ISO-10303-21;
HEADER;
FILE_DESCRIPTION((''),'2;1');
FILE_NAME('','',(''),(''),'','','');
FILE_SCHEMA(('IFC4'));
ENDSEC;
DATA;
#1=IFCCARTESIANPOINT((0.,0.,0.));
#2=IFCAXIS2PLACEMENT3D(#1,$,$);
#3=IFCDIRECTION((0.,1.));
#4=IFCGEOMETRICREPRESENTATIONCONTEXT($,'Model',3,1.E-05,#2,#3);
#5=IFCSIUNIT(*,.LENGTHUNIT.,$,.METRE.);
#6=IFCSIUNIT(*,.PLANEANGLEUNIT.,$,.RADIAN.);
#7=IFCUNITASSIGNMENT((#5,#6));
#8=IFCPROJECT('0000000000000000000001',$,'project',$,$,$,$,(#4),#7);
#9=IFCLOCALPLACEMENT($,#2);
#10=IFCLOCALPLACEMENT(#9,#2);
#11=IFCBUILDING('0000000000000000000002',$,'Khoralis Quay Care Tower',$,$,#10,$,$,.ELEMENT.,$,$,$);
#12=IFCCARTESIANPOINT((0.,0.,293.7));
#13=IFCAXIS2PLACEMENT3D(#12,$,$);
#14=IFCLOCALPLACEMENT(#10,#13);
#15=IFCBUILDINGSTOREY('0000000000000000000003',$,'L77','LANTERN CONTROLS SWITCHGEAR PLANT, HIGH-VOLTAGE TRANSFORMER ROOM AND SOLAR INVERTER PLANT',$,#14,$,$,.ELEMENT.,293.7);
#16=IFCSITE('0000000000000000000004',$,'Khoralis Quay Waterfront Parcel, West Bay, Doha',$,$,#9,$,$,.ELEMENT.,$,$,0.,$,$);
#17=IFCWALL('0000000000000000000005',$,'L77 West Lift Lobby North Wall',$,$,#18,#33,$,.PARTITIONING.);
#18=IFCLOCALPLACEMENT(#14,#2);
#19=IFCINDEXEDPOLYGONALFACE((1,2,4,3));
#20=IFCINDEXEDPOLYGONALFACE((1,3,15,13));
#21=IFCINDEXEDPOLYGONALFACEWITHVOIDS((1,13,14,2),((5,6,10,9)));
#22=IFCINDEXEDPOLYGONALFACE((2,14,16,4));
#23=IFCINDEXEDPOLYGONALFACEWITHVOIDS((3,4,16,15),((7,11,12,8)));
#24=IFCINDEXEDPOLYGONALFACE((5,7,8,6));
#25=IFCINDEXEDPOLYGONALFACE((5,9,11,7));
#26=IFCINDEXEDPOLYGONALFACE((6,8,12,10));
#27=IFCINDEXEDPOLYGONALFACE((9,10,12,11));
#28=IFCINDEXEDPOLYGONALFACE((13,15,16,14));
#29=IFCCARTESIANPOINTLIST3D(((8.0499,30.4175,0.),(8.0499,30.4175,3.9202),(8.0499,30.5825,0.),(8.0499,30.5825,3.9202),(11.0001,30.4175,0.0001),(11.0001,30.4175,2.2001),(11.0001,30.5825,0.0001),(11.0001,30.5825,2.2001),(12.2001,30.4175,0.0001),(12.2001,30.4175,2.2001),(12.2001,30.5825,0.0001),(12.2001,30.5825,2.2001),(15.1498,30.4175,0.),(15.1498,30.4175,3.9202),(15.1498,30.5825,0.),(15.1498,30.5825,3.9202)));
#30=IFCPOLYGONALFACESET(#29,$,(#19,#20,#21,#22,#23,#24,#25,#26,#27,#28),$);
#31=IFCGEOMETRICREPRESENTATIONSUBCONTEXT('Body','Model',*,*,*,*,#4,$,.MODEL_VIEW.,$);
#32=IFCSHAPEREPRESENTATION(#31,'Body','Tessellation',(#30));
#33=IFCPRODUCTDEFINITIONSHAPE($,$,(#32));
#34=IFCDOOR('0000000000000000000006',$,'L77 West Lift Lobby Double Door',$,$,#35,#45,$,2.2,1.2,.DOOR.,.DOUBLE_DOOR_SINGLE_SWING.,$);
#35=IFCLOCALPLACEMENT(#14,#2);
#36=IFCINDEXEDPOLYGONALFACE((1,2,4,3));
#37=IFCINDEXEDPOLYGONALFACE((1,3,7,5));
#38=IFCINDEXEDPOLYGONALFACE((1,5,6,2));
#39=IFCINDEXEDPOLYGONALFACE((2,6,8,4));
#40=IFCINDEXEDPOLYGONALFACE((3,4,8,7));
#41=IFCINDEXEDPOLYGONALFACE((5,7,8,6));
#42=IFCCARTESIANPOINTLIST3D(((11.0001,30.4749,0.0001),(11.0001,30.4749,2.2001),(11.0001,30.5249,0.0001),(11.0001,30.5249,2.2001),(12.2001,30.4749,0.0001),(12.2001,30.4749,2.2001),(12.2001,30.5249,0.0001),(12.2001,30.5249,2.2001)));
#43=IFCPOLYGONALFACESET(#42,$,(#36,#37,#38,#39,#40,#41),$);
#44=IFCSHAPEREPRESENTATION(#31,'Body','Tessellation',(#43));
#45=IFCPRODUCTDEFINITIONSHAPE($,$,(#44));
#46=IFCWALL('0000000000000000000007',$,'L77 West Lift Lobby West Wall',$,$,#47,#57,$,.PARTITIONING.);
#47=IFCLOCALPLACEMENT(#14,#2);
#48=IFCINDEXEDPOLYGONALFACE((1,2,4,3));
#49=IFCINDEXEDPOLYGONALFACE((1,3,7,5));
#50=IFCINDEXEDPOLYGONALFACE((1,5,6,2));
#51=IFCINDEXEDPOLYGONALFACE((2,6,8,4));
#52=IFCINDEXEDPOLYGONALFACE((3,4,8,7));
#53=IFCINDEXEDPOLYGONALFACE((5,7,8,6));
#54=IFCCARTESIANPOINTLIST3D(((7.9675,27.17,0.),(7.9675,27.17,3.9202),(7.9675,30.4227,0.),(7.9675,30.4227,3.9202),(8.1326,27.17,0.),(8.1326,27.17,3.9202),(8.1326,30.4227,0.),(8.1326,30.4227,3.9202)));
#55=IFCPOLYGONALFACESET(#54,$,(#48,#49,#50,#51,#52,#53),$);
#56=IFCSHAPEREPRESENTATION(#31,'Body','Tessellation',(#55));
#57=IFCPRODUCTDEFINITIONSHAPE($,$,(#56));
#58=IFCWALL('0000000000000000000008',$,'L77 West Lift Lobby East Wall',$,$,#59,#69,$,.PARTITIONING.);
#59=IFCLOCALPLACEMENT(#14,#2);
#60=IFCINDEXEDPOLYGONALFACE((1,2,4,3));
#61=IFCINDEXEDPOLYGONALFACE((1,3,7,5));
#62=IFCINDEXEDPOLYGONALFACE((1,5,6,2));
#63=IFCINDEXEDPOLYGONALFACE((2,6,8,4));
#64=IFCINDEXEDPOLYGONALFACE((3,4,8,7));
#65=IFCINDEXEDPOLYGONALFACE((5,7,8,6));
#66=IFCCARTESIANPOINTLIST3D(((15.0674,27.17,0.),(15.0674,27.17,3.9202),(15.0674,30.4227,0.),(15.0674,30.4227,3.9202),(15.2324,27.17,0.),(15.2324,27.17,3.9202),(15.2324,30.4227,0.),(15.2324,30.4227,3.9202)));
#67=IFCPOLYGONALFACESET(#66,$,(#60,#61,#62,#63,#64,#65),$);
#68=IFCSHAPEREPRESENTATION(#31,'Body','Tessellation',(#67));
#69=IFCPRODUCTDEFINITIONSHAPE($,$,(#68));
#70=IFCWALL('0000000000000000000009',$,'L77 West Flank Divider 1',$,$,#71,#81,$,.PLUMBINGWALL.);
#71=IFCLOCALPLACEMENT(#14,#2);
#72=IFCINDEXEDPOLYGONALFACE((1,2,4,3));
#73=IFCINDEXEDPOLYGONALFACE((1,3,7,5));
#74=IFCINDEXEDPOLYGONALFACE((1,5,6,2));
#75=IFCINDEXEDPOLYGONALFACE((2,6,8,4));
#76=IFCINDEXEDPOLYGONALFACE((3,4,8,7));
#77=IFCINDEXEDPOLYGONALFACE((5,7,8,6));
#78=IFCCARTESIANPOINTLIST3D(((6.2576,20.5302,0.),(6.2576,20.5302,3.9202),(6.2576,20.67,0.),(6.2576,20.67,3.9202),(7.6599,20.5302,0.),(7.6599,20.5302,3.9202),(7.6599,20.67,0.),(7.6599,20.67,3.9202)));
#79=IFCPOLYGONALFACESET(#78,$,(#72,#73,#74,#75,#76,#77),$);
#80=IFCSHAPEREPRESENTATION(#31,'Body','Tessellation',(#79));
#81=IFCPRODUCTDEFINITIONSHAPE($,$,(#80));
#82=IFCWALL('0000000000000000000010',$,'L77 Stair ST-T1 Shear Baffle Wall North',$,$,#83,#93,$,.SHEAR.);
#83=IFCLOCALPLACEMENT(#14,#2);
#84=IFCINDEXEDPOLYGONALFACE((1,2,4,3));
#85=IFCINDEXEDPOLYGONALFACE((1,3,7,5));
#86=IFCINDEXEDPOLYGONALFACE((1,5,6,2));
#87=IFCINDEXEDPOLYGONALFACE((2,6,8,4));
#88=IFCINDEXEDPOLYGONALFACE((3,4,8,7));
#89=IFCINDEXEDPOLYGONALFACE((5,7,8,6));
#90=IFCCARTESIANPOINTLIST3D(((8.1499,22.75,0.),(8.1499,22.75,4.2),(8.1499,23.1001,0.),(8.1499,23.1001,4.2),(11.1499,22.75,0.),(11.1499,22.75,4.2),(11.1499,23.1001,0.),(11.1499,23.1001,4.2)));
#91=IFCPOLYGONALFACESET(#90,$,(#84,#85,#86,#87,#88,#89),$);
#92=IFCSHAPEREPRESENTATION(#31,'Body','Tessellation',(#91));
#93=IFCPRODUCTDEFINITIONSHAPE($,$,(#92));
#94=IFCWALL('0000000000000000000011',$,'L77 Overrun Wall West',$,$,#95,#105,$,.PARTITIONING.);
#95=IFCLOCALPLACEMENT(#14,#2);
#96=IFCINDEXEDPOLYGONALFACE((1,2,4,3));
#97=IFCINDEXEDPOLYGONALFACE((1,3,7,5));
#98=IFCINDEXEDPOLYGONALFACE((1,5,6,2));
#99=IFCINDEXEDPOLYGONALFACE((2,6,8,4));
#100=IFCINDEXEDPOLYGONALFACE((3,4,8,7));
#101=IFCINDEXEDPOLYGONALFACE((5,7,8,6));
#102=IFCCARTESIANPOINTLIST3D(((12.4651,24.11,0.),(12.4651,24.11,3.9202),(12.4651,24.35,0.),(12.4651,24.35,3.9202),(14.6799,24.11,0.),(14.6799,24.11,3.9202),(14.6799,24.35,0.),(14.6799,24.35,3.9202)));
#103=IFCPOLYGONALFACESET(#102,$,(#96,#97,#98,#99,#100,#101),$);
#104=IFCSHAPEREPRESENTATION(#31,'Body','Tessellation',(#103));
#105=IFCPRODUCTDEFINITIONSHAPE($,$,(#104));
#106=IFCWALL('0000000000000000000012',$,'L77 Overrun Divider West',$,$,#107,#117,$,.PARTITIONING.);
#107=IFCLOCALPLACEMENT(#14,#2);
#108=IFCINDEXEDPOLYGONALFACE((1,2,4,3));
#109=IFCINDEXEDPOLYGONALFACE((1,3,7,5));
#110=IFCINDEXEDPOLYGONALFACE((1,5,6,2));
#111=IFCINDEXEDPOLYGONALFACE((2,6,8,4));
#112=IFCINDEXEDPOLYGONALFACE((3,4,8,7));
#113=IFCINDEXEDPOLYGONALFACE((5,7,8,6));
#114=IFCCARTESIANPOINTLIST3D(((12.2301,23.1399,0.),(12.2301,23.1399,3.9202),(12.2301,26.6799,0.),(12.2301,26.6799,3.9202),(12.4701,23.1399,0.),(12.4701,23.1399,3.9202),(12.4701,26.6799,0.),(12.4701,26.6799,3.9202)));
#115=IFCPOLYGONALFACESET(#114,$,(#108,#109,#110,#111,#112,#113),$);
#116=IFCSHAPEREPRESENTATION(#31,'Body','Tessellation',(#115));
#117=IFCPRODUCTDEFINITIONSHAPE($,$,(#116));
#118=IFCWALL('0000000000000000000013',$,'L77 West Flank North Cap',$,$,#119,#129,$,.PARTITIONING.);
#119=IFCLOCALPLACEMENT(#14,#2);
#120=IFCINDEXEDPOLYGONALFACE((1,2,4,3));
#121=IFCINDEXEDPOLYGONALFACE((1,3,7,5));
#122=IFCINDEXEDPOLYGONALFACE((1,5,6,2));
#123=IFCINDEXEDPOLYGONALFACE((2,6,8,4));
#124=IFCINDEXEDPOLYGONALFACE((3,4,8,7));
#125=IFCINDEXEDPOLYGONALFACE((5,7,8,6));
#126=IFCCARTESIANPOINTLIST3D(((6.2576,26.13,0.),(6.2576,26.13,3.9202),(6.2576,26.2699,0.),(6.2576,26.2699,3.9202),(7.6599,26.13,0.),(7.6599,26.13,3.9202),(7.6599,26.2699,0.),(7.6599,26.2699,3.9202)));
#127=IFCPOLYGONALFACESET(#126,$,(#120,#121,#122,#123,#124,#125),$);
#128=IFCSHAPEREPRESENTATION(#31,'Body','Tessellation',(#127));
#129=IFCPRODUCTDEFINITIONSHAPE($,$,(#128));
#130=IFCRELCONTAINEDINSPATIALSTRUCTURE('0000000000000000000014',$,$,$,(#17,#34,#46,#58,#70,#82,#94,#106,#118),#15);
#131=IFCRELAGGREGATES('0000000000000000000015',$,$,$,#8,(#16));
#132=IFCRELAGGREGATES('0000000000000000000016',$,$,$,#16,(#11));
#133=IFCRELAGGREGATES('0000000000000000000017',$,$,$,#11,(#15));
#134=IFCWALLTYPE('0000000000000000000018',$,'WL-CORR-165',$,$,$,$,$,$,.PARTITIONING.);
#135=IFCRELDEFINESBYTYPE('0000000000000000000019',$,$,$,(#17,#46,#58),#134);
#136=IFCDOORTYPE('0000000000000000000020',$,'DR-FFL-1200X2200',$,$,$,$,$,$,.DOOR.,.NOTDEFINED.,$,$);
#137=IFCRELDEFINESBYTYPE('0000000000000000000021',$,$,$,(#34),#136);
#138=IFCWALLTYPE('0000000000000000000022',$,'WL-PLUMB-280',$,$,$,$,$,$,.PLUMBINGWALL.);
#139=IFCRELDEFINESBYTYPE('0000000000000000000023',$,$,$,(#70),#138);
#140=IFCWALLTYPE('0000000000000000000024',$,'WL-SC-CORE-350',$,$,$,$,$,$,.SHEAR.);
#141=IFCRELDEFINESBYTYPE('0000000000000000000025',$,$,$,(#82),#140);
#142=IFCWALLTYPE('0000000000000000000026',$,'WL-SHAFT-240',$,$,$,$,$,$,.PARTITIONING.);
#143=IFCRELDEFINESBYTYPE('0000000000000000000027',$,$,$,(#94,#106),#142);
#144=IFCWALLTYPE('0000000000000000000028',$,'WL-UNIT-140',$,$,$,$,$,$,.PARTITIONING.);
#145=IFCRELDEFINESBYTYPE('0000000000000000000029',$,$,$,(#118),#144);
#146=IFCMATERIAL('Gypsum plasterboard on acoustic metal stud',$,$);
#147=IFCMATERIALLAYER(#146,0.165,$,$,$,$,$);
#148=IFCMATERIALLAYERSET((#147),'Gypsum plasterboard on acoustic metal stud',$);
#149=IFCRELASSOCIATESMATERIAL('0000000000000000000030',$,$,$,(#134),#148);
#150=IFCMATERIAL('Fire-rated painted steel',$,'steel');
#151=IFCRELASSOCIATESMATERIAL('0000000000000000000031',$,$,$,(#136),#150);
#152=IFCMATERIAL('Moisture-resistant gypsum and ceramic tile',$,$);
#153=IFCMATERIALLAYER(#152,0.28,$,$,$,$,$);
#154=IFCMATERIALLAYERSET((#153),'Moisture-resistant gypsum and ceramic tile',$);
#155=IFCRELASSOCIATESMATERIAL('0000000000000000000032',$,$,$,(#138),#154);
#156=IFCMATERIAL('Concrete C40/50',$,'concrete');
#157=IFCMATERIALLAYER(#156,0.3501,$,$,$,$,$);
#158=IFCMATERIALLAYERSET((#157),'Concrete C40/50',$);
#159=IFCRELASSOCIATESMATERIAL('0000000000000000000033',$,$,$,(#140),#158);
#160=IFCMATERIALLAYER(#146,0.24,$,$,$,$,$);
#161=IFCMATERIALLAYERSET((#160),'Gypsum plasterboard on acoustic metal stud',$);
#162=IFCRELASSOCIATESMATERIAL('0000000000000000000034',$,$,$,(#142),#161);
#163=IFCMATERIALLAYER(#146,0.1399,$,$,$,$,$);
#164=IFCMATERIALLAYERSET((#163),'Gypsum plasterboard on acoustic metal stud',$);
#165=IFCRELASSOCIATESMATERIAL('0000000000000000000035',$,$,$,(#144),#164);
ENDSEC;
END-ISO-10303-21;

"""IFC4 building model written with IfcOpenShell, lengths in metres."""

from ifc_helpers import new_model, si_unit, direction, frame, frame_2d, origin, place, context, subcontext, project, spatial, rectangle, extrude, source, transform, mapped, material, layer, layer_set, type_object, element, fill, save


model = new_model("IFC4")

# Units and contexts
model_context = context("Model", 3, precision=1e-05, world=origin(), true_north=direction((0.0, 1.0)))
body_context = subcontext(model_context, "Body", "Model", "MODEL_VIEW")
ifc_project = project(units=[si_unit("LENGTHUNIT", "METRE"), si_unit("PLANEANGLEUNIT", "RADIAN")], contexts=[model_context])

# Site, building, storey
site_placement = place(None, origin())
site = spatial("IfcSite", under=ifc_project, at=site_placement, Name="Khoralis Quay Waterfront Parcel, West Bay, Doha", CompositionType="ELEMENT", RefElevation=0.0)
building_placement = place(site_placement, origin())
building = spatial("IfcBuilding", under=site, at=building_placement, Name="Khoralis Quay Care Tower", CompositionType="ELEMENT")
storey_placement = place(building_placement, frame((0.0, 0.0, 293.7)))
storey = spatial("IfcBuildingStorey", under=building, at=storey_placement, Name="L77", Description="LANTERN CONTROLS SWITCHGEAR PLANT, HIGH-VOLTAGE TRANSFORMER ROOM AND SOLAR INVERTER PLANT", CompositionType="ELEMENT", Elevation=293.7)

# Shared definitions
ifc_material_1 = material(Name="Gypsum plasterboard on acoustic metal stud")
ifc_material_2 = material(Name="Fire-rated painted steel", Category="steel")

# Wall, opening, door
ifc_layer_1 = layer(ifc_material_1, 0.165)
ifc_layer_set_1 = layer_set([ifc_layer_1], Name="Gypsum plasterboard on acoustic metal stud")
wall_type_1 = type_object("IfcWallType", Name="WL-CORR-165", PredefinedType="PARTITIONING", material=ifc_layer_set_1)
wall_1_placement = place(storey_placement, frame((8.05, 30.5, 0.0), z_axis=(0.0, 0.0, 1.0), x_axis=(1.0, 0.0, 0.0)))
wall_1 = element("IfcWall", 1, at=wall_1_placement, inside=storey, type_object=wall_type_1, Name="L77 West Lift Lobby North Wall", PredefinedType="PARTITIONING", context=body_context, shape_type="SweptSolid", body=[
    extrude(rectangle(XDim=7.0999, YDim=0.165, at=frame_2d((3.5498, 0.0))), origin(), (0.0, 0.0, 1.0), 3.9202),
])
opening_1_placement = place(wall_1_placement, frame((2.95, 0.0, 0.0)))
opening_1 = element("IfcOpeningElement", 2, at=opening_1_placement, cuts=wall_1, PredefinedType="OPENING", context=body_context, shape_type="SweptSolid", body=[
    extrude(rectangle(XDim=1.2, YDim=2.2, at=frame_2d((0.6001, 1.1001))), frame((0.0, 0.0925, 0.0), z_axis=(0.0, -1.0, 0.0), x_axis=(1.0, 0.0, 0.0)), (0.0, 0.0, 1.0), 0.1851),
])
door_type_1 = type_object("IfcDoorType", Name="DR-FFL-1200X2200", OperationType="NOTDEFINED", PredefinedType="DOOR", material=ifc_material_2)
shared_shape_1 = source(origin(), body_context, "Body", "SweptSolid", [
    extrude(rectangle(XDim=1.2, YDim=2.2, at=frame_2d((0.6001, 1.1001))), frame((0.0, 0.0249, 0.0), z_axis=(0.0, -1.0, 0.0), x_axis=(1.0, 0.0, 0.0)), (0.0, 0.0, 1.0), 0.05),
])
door_1_placement = place(opening_1_placement, origin())
door_1 = element("IfcDoor", 3, at=door_1_placement, inside=storey, type_object=door_type_1, Name="L77 West Lift Lobby Double Door", OperationType="DOUBLE_DOOR_SINGLE_SWING", OverallHeight=2.2, OverallWidth=1.2, PredefinedType="DOOR", context=body_context, shape_type="MappedRepresentation", body=[
    mapped(shared_shape_1, transform((0.0, 0.0, 0.0), scale=1.0)),
])
fill(opening_1, door_1)

# Walls
for number, where, z_axis, x_axis, name in (
    (4, (8.05, 27.1699, 0.0), (0.0, 0.0, 1.0), (0.0, 1.0, 0.0), "L77 West Lift Lobby West Wall"),
    (5, (15.1499, 27.1699, 0.0), (0.0, 0.0, 1.0), (0.0, 1.0, 0.0), "L77 West Lift Lobby East Wall"),
):
    element("IfcWall", number, at=place(storey_placement, frame(where, z_axis=z_axis, x_axis=x_axis)), inside=storey, type_object=wall_type_1, Name=name, PredefinedType="PARTITIONING", context=body_context, shape_type="SweptSolid", body=[
        extrude(rectangle(XDim=3.2527, YDim=0.165, at=frame_2d((1.6265, 0.0))), origin(), (0.0, 0.0, 1.0), 3.9202),
    ])
ifc_material_3 = material(Name="Moisture-resistant gypsum and ceramic tile")
ifc_layer_2 = layer(ifc_material_3, 0.28)
ifc_layer_set_2 = layer_set([ifc_layer_2], Name="Moisture-resistant gypsum and ceramic tile")
wall_type_2 = type_object("IfcWallType", Name="WL-PLUMB-280", PredefinedType="PLUMBINGWALL", material=ifc_layer_set_2)
wall_2_placement = place(storey_placement, frame((6.2576, 20.6001, 0.0), z_axis=(0.0, 0.0, 1.0), x_axis=(1.0, 0.0, 0.0)))
element("IfcWall", 6, at=wall_2_placement, inside=storey, type_object=wall_type_2, Name="L77 West Flank Divider 1", PredefinedType="PLUMBINGWALL", context=body_context, shape_type="SweptSolid", body=[
    extrude(rectangle(XDim=1.4023, YDim=0.1399, at=frame_2d((0.7012, 0.0))), origin(), (0.0, 0.0, 1.0), 3.9202),
])
ifc_material_4 = material(Name="Concrete C40/50", Category="concrete")
ifc_layer_3 = layer(ifc_material_4, 0.3501)
ifc_layer_set_3 = layer_set([ifc_layer_3], Name="Concrete C40/50")
wall_type_3 = type_object("IfcWallType", Name="WL-SC-CORE-350", PredefinedType="SHEAR", material=ifc_layer_set_3)
wall_3_placement = place(storey_placement, frame((8.1499, 22.925, 0.0), z_axis=(0.0, 0.0, 1.0), x_axis=(1.0, 0.0, 0.0)))
element("IfcWall", 7, at=wall_3_placement, inside=storey, type_object=wall_type_3, Name="L77 Stair ST-T1 Shear Baffle Wall North", PredefinedType="SHEAR", context=body_context, shape_type="SweptSolid", body=[
    extrude(rectangle(XDim=3.0, YDim=0.3501, at=frame_2d((1.5, 0.0))), origin(), (0.0, 0.0, 1.0), 4.2),
])
ifc_layer_4 = layer(ifc_material_1, 0.24)
ifc_layer_set_4 = layer_set([ifc_layer_4], Name="Gypsum plasterboard on acoustic metal stud")
wall_type_4 = type_object("IfcWallType", Name="WL-SHAFT-240", PredefinedType="PARTITIONING", material=ifc_layer_set_4)
wall_4_placement = place(storey_placement, frame((12.4651, 24.23, 0.0), z_axis=(0.0, 0.0, 1.0), x_axis=(1.0, 0.0, 0.0)))
element("IfcWall", 8, at=wall_4_placement, inside=storey, type_object=wall_type_4, Name="L77 Overrun Wall West", PredefinedType="PARTITIONING", context=body_context, shape_type="SweptSolid", body=[
    extrude(rectangle(XDim=2.2148, YDim=0.24, at=frame_2d((1.1074, 0.0))), origin(), (0.0, 0.0, 1.0), 3.9202),
])
wall_5_placement = place(storey_placement, frame((12.3501, 23.1399, 0.0), z_axis=(0.0, 0.0, 1.0), x_axis=(0.0, 1.0, 0.0)))
element("IfcWall", 9, at=wall_5_placement, inside=storey, type_object=wall_type_4, Name="L77 Overrun Divider West", PredefinedType="PARTITIONING", context=body_context, shape_type="SweptSolid", body=[
    extrude(rectangle(XDim=3.54, YDim=0.24, at=frame_2d((1.77, 0.0))), origin(), (0.0, 0.0, 1.0), 3.9202),
])
ifc_layer_5 = layer(ifc_material_1, 0.1399)
ifc_layer_set_5 = layer_set([ifc_layer_5], Name="Gypsum plasterboard on acoustic metal stud")
wall_type_5 = type_object("IfcWallType", Name="WL-UNIT-140", PredefinedType="PARTITIONING", material=ifc_layer_set_5)
wall_6_placement = place(storey_placement, frame((6.2576, 26.2, 0.0), z_axis=(0.0, 0.0, 1.0), x_axis=(1.0, 0.0, 0.0)))
element("IfcWall", 10, at=wall_6_placement, inside=storey, type_object=wall_type_5, Name="L77 West Flank North Cap", PredefinedType="PARTITIONING", context=body_context, shape_type="SweptSolid", body=[
    extrude(rectangle(XDim=1.4023, YDim=0.1399, at=frame_2d((0.7012, 0.0))), origin(), (0.0, 0.0, 1.0), 3.9202),
])

save(model, "model.ifc")
